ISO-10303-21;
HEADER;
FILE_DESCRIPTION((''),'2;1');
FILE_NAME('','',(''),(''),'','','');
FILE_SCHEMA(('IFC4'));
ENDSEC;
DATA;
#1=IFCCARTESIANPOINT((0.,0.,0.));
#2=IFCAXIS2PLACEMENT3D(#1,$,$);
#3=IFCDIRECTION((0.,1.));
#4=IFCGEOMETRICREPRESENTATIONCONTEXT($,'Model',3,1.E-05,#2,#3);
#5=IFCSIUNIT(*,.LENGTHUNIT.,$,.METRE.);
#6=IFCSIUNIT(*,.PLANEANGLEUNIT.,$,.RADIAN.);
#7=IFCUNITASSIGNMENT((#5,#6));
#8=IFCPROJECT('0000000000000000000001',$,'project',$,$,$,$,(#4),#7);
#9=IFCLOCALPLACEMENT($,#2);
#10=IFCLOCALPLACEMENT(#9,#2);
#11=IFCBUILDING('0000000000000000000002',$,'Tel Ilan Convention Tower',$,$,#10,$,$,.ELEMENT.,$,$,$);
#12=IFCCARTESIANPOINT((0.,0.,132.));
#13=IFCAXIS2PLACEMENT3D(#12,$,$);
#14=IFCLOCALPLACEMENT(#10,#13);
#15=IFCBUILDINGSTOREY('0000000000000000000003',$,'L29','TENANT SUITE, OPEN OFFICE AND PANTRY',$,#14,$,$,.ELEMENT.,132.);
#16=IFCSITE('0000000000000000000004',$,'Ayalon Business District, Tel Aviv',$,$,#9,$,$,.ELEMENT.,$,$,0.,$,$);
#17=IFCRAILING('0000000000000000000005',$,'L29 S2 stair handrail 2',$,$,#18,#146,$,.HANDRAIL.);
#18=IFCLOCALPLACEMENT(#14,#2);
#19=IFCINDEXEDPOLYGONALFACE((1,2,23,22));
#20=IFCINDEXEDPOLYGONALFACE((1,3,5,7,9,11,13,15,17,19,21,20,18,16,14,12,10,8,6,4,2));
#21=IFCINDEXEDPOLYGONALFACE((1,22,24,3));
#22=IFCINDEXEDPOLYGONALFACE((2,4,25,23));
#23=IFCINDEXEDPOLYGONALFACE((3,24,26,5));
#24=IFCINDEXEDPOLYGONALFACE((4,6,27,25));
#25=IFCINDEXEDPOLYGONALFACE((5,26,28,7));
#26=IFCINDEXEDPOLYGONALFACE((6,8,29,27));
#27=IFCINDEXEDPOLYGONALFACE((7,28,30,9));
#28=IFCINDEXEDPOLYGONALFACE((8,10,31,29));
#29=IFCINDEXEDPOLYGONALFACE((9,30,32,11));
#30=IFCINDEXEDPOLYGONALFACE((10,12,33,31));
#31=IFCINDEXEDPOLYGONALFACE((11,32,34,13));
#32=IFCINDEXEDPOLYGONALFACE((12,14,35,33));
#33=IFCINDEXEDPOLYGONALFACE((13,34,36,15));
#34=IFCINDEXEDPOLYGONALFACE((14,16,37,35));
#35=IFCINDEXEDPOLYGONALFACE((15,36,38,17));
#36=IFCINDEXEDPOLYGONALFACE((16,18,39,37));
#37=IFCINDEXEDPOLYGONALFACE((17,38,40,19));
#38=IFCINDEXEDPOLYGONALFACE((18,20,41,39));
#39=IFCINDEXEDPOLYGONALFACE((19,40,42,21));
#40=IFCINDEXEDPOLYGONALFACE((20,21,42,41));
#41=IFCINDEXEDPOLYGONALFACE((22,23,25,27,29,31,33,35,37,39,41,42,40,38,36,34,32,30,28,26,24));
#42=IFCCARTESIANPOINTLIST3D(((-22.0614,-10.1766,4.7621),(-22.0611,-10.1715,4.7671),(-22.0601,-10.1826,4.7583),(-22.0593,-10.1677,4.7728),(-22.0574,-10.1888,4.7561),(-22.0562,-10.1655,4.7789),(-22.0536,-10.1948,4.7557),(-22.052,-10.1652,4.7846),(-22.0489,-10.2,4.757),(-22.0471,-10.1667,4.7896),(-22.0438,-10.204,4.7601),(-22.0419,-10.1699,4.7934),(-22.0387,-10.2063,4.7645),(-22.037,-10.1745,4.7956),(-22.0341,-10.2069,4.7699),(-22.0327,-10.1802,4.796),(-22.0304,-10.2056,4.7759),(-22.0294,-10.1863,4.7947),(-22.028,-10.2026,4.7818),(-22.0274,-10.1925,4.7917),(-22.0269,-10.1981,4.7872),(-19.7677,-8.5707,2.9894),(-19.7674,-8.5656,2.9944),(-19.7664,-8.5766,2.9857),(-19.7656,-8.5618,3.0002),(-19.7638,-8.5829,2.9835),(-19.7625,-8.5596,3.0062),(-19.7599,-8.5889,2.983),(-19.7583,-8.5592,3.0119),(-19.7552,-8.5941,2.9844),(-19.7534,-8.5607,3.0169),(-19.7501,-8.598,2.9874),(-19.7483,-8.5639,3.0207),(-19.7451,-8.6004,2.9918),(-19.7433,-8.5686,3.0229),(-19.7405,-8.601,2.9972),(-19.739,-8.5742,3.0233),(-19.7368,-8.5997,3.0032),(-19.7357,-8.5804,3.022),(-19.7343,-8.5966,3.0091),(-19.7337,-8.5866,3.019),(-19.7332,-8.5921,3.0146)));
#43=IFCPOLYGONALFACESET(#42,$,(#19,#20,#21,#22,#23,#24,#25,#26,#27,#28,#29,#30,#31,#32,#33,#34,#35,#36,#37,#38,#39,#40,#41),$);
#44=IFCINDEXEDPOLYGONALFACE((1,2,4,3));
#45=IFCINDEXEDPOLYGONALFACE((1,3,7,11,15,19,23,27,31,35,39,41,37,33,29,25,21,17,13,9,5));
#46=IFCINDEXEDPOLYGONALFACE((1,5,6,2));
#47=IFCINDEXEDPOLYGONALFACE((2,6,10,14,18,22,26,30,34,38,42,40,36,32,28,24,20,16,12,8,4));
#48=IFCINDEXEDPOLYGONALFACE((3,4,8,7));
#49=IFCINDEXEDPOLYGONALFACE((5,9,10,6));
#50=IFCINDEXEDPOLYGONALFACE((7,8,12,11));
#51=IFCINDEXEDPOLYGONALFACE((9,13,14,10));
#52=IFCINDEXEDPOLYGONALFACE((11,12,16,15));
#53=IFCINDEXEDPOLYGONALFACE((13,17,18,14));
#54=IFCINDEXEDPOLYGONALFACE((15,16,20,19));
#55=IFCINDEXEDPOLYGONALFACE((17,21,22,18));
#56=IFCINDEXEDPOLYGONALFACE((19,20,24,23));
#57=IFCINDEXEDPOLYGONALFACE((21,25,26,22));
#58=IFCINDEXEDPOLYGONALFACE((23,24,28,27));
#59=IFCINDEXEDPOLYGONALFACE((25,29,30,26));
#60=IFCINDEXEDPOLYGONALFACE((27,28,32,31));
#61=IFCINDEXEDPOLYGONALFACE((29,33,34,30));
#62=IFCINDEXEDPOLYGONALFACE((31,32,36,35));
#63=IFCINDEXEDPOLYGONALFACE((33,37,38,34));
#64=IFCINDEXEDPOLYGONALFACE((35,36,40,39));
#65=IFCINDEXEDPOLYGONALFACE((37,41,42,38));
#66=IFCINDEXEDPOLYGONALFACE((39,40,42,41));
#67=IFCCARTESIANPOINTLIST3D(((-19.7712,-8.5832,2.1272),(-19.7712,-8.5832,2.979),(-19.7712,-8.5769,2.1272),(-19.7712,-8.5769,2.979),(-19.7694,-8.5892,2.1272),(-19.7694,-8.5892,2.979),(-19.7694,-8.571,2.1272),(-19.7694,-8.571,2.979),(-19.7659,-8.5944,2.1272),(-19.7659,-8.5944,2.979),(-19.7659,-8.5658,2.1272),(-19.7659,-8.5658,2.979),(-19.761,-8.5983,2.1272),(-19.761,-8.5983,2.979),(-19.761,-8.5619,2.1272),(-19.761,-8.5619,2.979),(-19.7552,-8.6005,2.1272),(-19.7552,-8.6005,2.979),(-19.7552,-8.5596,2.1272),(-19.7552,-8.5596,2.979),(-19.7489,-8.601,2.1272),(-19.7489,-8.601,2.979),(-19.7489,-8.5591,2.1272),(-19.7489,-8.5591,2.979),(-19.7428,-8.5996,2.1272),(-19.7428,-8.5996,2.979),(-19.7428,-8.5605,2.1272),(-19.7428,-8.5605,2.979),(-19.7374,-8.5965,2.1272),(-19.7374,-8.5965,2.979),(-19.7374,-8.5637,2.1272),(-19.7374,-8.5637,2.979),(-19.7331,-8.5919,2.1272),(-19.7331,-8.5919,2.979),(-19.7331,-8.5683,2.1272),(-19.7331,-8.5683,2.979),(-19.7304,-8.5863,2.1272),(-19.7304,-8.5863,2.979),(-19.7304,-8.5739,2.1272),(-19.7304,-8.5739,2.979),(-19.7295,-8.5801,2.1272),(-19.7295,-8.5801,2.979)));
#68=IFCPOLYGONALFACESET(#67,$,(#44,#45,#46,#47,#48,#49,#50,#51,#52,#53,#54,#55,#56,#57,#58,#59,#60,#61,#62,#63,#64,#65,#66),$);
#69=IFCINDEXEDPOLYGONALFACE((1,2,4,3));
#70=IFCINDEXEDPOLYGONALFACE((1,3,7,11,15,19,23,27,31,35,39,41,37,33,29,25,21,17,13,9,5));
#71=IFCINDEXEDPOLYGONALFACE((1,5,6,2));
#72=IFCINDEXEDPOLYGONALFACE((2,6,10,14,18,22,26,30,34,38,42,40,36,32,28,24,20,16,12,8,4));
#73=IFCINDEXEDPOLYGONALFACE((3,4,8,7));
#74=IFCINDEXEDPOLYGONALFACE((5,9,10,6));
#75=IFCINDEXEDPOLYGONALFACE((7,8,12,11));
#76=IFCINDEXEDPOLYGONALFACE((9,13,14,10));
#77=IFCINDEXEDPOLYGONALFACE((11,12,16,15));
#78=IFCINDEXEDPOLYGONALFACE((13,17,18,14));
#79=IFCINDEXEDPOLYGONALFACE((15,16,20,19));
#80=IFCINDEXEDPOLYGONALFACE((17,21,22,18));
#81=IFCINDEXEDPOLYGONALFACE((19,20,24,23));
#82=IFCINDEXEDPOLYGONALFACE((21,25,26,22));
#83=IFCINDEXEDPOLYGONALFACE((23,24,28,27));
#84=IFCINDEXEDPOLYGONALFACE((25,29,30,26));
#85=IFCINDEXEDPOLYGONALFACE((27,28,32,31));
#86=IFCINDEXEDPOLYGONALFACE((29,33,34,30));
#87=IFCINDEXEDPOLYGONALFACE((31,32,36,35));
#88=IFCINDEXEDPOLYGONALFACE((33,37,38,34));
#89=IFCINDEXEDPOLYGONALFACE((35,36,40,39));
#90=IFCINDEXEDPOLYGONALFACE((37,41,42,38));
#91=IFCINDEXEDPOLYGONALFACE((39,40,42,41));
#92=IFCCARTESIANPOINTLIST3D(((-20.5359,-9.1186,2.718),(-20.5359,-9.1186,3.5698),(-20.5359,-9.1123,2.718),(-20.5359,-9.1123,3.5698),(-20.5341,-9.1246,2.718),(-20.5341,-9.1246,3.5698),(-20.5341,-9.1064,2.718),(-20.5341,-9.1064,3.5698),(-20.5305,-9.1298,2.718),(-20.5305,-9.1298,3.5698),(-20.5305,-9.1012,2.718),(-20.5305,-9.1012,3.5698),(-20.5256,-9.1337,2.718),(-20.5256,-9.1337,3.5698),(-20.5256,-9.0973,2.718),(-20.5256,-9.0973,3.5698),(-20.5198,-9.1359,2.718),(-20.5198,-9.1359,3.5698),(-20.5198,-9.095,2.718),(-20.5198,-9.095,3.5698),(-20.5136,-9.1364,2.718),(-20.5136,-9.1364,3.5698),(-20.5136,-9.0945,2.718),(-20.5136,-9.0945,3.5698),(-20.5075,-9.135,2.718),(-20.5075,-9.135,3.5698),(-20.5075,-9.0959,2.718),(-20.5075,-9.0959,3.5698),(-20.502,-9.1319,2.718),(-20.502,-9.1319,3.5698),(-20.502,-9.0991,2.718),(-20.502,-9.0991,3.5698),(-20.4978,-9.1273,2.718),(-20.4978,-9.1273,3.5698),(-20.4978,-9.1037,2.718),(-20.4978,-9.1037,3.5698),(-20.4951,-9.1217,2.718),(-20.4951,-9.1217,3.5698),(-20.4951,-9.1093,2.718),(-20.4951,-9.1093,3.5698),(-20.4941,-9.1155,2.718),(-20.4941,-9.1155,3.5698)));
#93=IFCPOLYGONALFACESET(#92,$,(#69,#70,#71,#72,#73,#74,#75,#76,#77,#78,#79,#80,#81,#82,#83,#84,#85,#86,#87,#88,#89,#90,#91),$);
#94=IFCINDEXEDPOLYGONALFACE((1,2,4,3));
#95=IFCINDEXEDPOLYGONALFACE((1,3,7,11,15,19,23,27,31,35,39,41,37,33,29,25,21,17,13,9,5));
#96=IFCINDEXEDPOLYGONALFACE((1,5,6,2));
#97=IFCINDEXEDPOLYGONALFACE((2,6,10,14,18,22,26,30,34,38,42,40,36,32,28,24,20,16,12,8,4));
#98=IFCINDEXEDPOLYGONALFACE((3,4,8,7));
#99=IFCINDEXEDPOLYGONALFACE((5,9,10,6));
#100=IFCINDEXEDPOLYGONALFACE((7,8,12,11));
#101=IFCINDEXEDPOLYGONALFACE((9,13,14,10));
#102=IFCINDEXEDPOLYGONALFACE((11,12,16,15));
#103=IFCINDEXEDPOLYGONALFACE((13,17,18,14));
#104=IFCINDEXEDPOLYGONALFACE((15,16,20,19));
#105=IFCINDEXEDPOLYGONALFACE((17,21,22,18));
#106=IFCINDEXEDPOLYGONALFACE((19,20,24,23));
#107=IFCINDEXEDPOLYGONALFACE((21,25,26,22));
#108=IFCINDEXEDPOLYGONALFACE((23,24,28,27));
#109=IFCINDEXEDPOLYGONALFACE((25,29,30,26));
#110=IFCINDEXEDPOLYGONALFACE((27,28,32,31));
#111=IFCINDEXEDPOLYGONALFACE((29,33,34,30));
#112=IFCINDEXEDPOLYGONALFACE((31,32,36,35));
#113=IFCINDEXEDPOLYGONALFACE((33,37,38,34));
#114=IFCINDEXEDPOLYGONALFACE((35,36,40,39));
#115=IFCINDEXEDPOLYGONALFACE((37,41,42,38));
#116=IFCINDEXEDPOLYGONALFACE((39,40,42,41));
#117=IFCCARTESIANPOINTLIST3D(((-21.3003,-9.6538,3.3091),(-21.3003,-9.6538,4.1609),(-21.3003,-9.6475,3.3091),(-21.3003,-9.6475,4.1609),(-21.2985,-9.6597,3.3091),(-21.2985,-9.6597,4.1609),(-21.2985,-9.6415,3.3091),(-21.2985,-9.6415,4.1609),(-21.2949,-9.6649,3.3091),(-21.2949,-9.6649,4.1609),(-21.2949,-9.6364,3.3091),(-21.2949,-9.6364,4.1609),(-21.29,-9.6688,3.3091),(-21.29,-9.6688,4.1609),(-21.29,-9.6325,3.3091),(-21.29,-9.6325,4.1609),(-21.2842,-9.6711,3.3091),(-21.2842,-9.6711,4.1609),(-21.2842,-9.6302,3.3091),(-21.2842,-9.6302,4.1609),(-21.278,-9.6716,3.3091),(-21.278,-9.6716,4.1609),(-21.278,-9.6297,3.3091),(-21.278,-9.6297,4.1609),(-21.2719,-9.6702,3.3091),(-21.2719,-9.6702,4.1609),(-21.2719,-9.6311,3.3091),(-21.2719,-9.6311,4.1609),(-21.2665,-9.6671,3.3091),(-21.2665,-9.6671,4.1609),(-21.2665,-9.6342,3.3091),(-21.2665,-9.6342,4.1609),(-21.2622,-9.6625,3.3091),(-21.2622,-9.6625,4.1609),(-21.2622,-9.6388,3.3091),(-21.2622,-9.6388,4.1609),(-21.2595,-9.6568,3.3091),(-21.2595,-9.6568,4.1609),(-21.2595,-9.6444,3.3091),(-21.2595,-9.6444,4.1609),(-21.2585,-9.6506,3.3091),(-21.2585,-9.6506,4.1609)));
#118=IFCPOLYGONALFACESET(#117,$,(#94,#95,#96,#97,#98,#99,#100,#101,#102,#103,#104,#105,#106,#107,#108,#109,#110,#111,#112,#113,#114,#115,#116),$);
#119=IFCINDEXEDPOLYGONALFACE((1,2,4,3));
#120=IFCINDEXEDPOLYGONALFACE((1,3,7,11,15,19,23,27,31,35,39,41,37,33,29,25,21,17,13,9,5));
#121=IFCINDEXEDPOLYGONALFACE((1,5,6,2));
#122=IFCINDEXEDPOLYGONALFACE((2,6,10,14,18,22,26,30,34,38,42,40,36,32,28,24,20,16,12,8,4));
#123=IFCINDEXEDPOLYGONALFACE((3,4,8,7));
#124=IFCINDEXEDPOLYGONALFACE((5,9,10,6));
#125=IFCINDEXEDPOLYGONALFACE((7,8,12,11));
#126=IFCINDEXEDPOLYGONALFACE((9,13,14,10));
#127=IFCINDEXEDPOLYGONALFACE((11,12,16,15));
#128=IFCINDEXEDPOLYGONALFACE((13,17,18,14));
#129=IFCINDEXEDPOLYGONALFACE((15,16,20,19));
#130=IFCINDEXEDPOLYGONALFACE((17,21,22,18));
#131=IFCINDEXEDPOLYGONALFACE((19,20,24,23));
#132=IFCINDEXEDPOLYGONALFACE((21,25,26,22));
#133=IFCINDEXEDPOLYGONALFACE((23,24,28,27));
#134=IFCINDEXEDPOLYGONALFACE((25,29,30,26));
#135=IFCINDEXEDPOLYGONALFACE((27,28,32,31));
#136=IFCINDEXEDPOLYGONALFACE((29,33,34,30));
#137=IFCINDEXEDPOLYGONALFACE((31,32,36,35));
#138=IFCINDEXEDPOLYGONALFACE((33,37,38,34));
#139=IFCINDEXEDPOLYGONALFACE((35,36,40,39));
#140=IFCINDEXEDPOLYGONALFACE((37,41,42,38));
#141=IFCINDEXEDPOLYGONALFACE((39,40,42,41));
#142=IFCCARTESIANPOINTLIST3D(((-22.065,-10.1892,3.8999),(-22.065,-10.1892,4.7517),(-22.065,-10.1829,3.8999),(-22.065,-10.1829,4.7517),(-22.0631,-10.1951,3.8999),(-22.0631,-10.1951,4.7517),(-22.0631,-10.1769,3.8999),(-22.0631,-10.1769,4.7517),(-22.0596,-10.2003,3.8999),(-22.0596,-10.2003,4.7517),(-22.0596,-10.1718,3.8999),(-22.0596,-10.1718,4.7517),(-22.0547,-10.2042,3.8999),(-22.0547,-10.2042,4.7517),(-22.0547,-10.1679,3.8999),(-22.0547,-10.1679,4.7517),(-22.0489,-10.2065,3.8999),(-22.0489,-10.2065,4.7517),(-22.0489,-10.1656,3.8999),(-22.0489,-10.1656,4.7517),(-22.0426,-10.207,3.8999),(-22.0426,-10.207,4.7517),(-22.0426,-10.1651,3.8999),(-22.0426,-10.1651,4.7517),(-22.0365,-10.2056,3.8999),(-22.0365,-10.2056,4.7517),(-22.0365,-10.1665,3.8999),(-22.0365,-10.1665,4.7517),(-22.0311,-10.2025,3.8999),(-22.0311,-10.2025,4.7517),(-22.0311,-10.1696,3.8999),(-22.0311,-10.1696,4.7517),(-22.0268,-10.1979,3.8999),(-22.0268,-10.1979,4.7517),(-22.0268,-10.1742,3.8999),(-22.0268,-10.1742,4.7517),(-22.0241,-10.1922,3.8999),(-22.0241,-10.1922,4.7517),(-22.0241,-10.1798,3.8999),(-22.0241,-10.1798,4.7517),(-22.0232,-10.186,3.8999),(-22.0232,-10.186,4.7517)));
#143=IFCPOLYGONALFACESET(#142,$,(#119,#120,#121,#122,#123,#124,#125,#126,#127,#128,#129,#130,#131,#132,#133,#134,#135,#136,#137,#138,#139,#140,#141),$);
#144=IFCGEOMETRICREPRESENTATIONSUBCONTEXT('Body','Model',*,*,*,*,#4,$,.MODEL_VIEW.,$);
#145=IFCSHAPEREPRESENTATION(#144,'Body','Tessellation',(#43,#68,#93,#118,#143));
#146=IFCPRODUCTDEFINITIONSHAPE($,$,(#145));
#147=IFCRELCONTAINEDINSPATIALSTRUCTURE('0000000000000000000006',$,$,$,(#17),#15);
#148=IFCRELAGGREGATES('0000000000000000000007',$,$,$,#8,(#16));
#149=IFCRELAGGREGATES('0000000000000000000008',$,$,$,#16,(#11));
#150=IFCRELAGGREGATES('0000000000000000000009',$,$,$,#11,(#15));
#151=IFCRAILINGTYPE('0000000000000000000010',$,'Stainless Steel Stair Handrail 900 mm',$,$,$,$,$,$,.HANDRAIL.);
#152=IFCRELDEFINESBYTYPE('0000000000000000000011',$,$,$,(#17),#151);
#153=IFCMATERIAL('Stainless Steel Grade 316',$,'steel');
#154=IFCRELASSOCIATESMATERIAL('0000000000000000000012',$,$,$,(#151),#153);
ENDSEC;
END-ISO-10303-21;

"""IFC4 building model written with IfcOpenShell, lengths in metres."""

from ifc_helpers import new_model, si_unit, direction, frame, origin, origin_2d, place, context, subcontext, project, spatial, circle, extrude, material, type_object, element, save


model = new_model("IFC4")

# Units and contexts
model_context = context("Model", 3, precision=1e-05, world=origin(), true_north=direction((0.0, 1.0)))
body_context = subcontext(model_context, "Body", "Model", "MODEL_VIEW")
ifc_project = project(units=[si_unit("LENGTHUNIT", "METRE"), si_unit("PLANEANGLEUNIT", "RADIAN")], contexts=[model_context])

# Site, building, storey
site_placement = place(None, origin())
site = spatial("IfcSite", under=ifc_project, at=site_placement, Name="Ayalon Business District, Tel Aviv", CompositionType="ELEMENT", RefElevation=0.0)
building_placement = place(site_placement, origin())
building = spatial("IfcBuilding", under=site, at=building_placement, Name="Tel Ilan Convention Tower", CompositionType="ELEMENT")
storey_placement = place(building_placement, frame((0.0, 0.0, 132.0)))
storey = spatial("IfcBuildingStorey", under=building, at=storey_placement, Name="L29", Description="TENANT SUITE, OPEN OFFICE AND PANTRY", CompositionType="ELEMENT", Elevation=132.0)

# Railing
ifc_material_1 = material(Name="Stainless Steel Grade 316", Category="steel")
railing_type_1 = type_object("IfcRailingType", Name="Stainless Steel Stair Handrail 900 mm", PredefinedType="HANDRAIL", material=ifc_material_1)
railing_1_placement = place(storey_placement, frame((-19.7505, -8.5801, 2.1272)))
element("IfcRailing", 1, at=railing_1_placement, inside=storey, type_object=railing_type_1, Name="L29 S2 stair handrail 2", PredefinedType="HANDRAIL", context=body_context, shape_type="SweptSolid", body=[
    extrude(circle(Radius=0.0239, at=origin_2d()), frame((0.0, 0.0, 0.876), z_axis=(-0.692123, -0.484597, 0.534913), x_axis=(0.57355, -0.81917, 0.0)), (0.0, 0.0, 1.0), 3.314),
    extrude(circle(Radius=0.021, at=origin_2d()), origin(), (0.0, 0.0, 1.0), 0.8518),
    extrude(circle(Radius=0.021, at=origin_2d()), frame((-0.7646, -0.5354, 0.5908)), (0.0, 0.0, 1.0), 0.8518),
    extrude(circle(Radius=0.021, at=origin_2d()), frame((-1.5291, -1.0706, 1.1819)), (0.0, 0.0, 1.0), 0.8518),
    extrude(circle(Radius=0.021, at=origin_2d()), frame((-2.2937, -1.606, 1.7727)), (0.0, 0.0, 1.0), 0.8518),
])

save(model, "model.ifc")
